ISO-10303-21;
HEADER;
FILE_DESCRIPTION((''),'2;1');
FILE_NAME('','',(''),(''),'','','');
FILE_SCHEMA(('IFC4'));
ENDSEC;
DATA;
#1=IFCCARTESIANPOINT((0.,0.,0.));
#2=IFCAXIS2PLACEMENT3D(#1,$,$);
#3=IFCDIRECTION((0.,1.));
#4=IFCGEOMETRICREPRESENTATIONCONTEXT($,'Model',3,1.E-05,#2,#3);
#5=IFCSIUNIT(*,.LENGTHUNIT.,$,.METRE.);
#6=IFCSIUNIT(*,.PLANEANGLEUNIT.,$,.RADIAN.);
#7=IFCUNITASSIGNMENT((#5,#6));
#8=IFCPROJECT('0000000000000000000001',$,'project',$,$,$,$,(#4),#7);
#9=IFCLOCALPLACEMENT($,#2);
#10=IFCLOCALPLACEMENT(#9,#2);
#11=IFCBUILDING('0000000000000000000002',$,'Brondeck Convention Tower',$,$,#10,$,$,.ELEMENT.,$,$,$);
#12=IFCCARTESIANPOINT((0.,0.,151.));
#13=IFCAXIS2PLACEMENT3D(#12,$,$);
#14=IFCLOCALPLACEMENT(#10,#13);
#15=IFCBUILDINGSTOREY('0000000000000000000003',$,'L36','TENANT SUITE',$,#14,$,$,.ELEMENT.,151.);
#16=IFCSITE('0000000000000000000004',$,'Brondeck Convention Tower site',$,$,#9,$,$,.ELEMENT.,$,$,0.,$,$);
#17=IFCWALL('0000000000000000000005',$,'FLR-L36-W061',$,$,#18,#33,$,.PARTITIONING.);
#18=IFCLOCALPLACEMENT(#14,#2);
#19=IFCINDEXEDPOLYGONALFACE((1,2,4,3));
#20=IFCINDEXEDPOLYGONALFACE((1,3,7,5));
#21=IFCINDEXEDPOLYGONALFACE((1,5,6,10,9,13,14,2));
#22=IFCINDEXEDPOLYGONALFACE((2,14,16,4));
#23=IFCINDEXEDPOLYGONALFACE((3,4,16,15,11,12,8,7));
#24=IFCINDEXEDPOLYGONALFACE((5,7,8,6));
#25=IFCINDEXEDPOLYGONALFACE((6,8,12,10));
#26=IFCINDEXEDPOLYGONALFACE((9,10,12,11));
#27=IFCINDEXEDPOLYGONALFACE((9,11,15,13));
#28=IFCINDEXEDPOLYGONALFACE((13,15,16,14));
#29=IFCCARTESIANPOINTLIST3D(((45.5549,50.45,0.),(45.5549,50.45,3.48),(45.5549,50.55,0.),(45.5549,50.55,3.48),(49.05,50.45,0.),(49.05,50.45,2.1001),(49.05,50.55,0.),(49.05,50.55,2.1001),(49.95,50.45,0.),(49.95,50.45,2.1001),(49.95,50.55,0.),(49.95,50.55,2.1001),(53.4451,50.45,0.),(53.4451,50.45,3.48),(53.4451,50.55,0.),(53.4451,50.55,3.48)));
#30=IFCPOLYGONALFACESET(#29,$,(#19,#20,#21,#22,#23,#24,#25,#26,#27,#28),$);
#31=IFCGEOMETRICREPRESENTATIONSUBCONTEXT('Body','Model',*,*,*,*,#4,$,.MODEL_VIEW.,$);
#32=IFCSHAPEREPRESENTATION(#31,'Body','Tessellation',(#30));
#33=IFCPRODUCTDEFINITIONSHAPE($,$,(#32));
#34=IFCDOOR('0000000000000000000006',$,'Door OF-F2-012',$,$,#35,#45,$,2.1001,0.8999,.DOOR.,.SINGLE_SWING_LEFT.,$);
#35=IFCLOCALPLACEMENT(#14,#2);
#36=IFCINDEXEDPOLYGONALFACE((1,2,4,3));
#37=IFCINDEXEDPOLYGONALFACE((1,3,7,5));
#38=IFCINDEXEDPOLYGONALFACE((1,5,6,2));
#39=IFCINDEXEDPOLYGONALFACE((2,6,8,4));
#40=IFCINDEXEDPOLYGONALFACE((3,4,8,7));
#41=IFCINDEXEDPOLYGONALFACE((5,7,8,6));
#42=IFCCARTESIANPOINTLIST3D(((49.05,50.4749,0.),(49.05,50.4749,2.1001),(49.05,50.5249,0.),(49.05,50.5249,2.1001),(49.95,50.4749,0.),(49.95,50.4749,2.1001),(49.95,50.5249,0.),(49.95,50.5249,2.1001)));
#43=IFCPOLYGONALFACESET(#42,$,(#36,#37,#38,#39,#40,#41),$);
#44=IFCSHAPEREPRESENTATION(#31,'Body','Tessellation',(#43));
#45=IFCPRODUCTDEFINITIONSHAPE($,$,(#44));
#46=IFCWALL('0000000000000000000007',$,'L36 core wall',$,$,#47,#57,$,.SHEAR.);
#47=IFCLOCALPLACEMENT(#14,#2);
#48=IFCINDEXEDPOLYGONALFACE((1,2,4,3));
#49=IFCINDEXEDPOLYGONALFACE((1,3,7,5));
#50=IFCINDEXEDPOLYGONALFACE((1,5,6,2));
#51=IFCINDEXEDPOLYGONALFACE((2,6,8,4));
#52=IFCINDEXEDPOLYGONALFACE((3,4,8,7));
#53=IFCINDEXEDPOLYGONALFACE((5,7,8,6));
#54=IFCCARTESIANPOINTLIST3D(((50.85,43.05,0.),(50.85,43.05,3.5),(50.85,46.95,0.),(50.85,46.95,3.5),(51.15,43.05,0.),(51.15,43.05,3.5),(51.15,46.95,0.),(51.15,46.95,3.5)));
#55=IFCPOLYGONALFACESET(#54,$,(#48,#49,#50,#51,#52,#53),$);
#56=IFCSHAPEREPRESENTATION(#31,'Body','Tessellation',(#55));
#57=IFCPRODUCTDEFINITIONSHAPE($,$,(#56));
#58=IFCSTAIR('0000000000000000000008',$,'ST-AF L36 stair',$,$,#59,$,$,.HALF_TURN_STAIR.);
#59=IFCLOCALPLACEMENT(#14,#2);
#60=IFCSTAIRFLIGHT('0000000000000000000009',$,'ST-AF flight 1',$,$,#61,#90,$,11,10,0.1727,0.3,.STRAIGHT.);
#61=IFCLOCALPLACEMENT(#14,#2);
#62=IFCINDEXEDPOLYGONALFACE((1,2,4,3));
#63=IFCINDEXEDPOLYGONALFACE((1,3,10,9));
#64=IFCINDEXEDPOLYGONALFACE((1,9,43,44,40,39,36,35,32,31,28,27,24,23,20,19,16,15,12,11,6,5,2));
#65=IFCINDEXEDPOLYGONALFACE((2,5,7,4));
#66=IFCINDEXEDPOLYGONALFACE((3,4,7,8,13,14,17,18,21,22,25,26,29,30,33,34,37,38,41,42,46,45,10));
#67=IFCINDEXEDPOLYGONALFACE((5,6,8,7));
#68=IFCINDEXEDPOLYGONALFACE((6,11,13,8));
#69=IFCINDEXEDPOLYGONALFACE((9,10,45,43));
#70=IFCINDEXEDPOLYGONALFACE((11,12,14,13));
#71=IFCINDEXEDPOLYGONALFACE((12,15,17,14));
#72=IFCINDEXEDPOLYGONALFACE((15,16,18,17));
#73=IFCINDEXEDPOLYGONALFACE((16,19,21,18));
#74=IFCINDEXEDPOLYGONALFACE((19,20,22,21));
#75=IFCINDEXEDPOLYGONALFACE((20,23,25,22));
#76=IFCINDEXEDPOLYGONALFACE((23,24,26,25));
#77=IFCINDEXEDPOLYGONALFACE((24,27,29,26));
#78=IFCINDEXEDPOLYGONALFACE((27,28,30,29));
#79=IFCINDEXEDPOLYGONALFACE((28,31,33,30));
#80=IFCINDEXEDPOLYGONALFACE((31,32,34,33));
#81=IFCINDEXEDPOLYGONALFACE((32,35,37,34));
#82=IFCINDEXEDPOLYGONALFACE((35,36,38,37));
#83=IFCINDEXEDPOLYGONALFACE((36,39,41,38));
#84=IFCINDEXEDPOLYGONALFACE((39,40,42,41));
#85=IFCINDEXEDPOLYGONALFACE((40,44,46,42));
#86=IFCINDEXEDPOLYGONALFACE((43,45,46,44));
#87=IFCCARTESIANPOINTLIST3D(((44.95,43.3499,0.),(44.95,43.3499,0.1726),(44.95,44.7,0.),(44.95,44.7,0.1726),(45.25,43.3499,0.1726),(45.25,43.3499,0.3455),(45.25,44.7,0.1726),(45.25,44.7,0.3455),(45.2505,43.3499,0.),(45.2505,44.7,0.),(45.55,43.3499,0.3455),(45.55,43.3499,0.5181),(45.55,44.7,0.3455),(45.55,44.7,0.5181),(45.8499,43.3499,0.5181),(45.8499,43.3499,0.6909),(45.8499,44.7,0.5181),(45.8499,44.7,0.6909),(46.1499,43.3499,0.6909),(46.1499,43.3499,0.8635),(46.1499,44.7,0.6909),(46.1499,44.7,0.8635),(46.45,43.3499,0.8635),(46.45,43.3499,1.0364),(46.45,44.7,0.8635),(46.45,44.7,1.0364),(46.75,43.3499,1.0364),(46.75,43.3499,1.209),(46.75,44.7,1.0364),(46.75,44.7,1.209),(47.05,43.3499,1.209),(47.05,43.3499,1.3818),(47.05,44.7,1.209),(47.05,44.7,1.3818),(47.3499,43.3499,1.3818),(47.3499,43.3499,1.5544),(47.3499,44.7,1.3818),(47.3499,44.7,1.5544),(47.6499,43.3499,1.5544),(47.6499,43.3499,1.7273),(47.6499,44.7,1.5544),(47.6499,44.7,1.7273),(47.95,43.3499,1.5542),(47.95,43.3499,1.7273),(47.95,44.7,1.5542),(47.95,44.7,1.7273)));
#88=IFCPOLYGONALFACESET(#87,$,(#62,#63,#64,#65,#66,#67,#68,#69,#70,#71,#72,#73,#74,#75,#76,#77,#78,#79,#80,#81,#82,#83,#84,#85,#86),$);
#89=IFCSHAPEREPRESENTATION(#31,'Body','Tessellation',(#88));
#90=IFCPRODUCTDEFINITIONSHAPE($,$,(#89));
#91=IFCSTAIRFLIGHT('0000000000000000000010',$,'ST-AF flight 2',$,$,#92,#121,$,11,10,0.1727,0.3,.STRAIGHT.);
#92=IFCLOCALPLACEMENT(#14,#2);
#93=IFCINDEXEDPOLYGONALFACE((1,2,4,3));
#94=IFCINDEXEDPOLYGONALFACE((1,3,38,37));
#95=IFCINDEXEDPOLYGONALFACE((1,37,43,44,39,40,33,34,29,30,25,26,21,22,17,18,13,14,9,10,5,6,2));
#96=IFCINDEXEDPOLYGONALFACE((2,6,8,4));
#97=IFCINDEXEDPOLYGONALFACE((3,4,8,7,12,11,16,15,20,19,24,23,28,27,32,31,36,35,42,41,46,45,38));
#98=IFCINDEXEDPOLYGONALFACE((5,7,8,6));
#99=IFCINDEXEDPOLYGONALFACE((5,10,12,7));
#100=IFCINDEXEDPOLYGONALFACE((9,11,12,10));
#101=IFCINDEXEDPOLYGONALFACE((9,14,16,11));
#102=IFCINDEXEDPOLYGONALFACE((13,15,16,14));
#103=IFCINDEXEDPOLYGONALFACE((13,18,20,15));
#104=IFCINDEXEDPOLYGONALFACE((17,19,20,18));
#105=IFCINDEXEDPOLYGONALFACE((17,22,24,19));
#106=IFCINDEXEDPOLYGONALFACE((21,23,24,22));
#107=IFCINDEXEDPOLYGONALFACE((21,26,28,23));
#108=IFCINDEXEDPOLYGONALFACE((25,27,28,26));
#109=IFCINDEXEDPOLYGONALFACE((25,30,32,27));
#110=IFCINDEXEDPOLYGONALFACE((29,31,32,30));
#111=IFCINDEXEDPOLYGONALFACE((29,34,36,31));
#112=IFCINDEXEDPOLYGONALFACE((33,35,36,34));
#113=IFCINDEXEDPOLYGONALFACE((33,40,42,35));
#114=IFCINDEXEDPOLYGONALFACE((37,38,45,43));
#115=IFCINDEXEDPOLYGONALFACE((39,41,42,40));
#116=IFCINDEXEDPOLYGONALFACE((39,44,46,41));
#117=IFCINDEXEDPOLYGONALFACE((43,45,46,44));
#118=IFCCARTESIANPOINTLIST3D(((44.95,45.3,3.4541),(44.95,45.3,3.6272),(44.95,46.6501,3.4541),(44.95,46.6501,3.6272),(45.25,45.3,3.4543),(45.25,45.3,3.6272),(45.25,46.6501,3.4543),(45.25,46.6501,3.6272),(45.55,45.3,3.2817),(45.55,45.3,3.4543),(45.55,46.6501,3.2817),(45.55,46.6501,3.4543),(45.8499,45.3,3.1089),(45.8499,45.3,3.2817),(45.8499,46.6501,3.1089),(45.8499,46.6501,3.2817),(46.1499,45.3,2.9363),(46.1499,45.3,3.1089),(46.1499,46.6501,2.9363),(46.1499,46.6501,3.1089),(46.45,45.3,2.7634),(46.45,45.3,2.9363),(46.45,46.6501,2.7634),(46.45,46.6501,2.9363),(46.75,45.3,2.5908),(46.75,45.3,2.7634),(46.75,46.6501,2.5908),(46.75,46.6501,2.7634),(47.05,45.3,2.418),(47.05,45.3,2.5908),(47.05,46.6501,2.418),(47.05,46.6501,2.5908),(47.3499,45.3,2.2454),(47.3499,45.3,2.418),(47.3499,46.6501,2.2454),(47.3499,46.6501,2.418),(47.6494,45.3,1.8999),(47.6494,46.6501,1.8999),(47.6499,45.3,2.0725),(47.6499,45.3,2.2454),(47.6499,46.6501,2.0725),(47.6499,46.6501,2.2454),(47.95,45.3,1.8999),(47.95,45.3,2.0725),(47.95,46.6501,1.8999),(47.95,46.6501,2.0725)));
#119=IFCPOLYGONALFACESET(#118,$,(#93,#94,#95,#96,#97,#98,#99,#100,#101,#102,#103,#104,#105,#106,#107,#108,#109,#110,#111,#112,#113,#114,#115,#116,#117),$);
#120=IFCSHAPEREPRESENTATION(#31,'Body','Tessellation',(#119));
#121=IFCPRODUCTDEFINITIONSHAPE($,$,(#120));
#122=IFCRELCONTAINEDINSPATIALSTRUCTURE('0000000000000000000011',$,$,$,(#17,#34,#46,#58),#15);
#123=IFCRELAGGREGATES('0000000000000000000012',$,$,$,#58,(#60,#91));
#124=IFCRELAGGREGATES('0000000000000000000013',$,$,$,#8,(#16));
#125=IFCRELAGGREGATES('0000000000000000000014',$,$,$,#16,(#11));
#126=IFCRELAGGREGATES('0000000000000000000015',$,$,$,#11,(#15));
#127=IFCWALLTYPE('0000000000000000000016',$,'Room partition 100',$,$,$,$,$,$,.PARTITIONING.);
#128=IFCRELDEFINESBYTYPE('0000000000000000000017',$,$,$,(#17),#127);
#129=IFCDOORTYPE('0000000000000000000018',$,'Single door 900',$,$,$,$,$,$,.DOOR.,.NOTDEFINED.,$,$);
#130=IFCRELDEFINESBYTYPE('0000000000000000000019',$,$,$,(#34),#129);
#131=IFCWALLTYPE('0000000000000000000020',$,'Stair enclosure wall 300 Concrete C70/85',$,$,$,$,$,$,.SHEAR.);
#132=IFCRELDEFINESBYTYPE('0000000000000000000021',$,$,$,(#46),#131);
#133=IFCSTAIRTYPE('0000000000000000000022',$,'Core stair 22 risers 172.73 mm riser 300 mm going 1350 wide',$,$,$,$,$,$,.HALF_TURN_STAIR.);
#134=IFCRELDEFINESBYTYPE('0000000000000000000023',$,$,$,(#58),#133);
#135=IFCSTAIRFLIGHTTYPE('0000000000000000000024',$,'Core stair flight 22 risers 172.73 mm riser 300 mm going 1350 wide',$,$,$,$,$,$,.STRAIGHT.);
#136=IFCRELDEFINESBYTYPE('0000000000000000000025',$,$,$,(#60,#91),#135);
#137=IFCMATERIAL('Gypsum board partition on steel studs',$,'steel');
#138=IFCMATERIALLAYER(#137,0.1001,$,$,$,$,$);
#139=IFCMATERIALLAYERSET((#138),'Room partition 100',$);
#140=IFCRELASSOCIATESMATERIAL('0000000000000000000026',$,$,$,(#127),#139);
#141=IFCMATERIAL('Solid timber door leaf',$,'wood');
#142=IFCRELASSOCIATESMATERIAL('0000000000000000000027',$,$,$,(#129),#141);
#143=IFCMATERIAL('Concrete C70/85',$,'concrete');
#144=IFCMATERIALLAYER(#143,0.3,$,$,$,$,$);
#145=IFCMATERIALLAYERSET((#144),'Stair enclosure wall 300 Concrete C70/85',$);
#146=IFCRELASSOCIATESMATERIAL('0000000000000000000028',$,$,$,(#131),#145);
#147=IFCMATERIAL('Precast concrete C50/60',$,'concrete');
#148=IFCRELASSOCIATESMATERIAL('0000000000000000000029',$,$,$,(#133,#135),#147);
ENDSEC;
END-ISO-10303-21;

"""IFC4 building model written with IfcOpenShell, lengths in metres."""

from ifc_helpers import new_model, si_unit, direction, frame, frame_2d, origin, place, context, subcontext, project, spatial, polyline, rectangle, outline, extrude, material, layer, layer_set, type_object, element, fill, aggregate, save


model = new_model("IFC4")

# Units and contexts
model_context = context("Model", 3, precision=1e-05, world=origin(), true_north=direction((0.0, 1.0)))
body_context = subcontext(model_context, "Body", "Model", "MODEL_VIEW")
ifc_project = project(units=[si_unit("LENGTHUNIT", "METRE"), si_unit("PLANEANGLEUNIT", "RADIAN")], contexts=[model_context])

# Site, building, storey
site_placement = place(None, origin())
site = spatial("IfcSite", under=ifc_project, at=site_placement, Name="Brondeck Convention Tower site", CompositionType="ELEMENT", RefElevation=0.0)
building_placement = place(site_placement, origin())
building = spatial("IfcBuilding", under=site, at=building_placement, Name="Brondeck Convention Tower", CompositionType="ELEMENT")
storey_placement = place(building_placement, frame((0.0, 0.0, 151.0)))
storey = spatial("IfcBuildingStorey", under=building, at=storey_placement, Name="L36", Description="TENANT SUITE", CompositionType="ELEMENT", Elevation=151.0)

# Shared definitions
ifc_material_1 = material(Name="Concrete C70/85", Category="concrete")

# Shared definitions
ifc_material_2 = material(Name="Gypsum board partition on steel studs", Category="steel")
ifc_layer_1 = layer(ifc_material_2, 0.1001)
ifc_layer_set_1 = layer_set([ifc_layer_1], Name="Room partition 100")
wall_type_1 = type_object("IfcWallType", Name="Room partition 100", PredefinedType="PARTITIONING", material=ifc_layer_set_1)

# Shared definitions
ifc_material_3 = material(Name="Solid timber door leaf", Category="wood")
door_type_1 = type_object("IfcDoorType", Name="Single door 900", OperationType="NOTDEFINED", PredefinedType="DOOR", material=ifc_material_3)

# Wall, opening, door
wall_1_placement = place(storey_placement, frame((45.5549, 50.5, 0.0), z_axis=(0.0, 0.0, 1.0), x_axis=(1.0, 0.0, 0.0)))
wall_1 = element("IfcWall", 1, at=wall_1_placement, inside=storey, type_object=wall_type_1, Name="FLR-L36-W061", PredefinedType="PARTITIONING", context=body_context, shape_type="SweptSolid", body=[
    extrude(rectangle(XDim=7.8901, YDim=0.1001, at=frame_2d((3.9451, 0.0))), origin(), (0.0, 0.0, 1.0), 3.48),
])
opening_1_placement = place(wall_1_placement, frame((3.4951, 0.0, 0.0)))
opening_1 = element("IfcOpeningElement", 2, at=opening_1_placement, cuts=wall_1, PredefinedType="OPENING", context=body_context, shape_type="SweptSolid", body=[
    extrude(rectangle(XDim=0.8999, YDim=2.1001, at=frame_2d((0.45, 1.05))), frame((0.0, 0.0601, 0.0), z_axis=(0.0, -1.0, 0.0), x_axis=(1.0, 0.0, 0.0)), (0.0, 0.0, 1.0), 0.1201),
])
door_1_placement = place(opening_1_placement, origin())
door_1 = element("IfcDoor", 3, at=door_1_placement, inside=storey, type_object=door_type_1, Name="Door OF-F2-012", OperationType="SINGLE_SWING_LEFT", OverallHeight=2.1001, OverallWidth=0.8999, PredefinedType="DOOR", context=body_context, shape_type="SweptSolid", body=[
    extrude(rectangle(XDim=0.8999, YDim=2.1001, at=frame_2d((0.45, 1.05))), frame((0.0, 0.0249, 0.0), z_axis=(0.0, -1.0, 0.0), x_axis=(1.0, 0.0, 0.0)), (0.0, 0.0, 1.0), 0.05),
])
fill(opening_1, door_1)

# Wall
ifc_layer_2 = layer(ifc_material_1, 0.3)
ifc_layer_set_2 = layer_set([ifc_layer_2], Name="Stair enclosure wall 300 Concrete C70/85")
wall_type_2 = type_object("IfcWallType", Name="Stair enclosure wall 300 Concrete C70/85", PredefinedType="SHEAR", material=ifc_layer_set_2)
wall_2_placement = place(storey_placement, frame((51.0, 43.05, 0.0), z_axis=(0.0, 0.0, 1.0), x_axis=(0.0, 1.0, 0.0)))
element("IfcWall", 4, at=wall_2_placement, inside=storey, type_object=wall_type_2, Name="L36 core wall", PredefinedType="SHEAR", context=body_context, shape_type="SweptSolid", body=[
    extrude(rectangle(XDim=3.8999, YDim=0.3, at=frame_2d((1.95, 0.0))), origin(), (0.0, 0.0, 1.0), 3.5),
])

# Stair, stair flights
ifc_material_4 = material(Name="Precast concrete C50/60", Category="concrete")
stair_type = type_object("IfcStairType", Name="Core stair 22 risers 172.73 mm riser 300 mm going 1350 wide", PredefinedType="HALF_TURN_STAIR", material=ifc_material_4)
stair_placement = place(storey_placement, origin())
stair = element("IfcStair", 5, at=stair_placement, inside=storey, type_object=stair_type, Name="ST-AF L36 stair", PredefinedType="HALF_TURN_STAIR")
stair_flight_type = type_object("IfcStairFlightType", Name="Core stair flight 22 risers 172.73 mm riser 300 mm going 1350 wide", PredefinedType="STRAIGHT", material=ifc_material_4)
stair_flight_1_placement = place(storey_placement, frame((44.95, 44.0249, 0.0), z_axis=(0.0, 0.0, 1.0), x_axis=(1.0, 0.0, 0.0)))
stair_flight_1 = element("IfcStairFlight", 6, at=stair_flight_1_placement, type_object=stair_flight_type, Name="ST-AF flight 1", NumberOfRisers=11, NumberOfTreads=10, PredefinedType="STRAIGHT", RiserHeight=0.1727, TreadLength=0.3, context=body_context, shape_type="SweptSolid", body=[
    extrude(outline(polyline([(0.0, 0.0), (0.0, 0.1726), (0.3, 0.1726), (0.3, 0.3455), (0.6001, 0.3455), (0.6001, 0.5181), (0.8999, 0.5181), (0.8999, 0.6909), (1.2, 0.6909), (1.2, 0.8635), (1.5, 0.8635), (1.5, 1.0364), (1.8, 1.0364), (1.8, 1.209), (2.1001, 1.209), (2.1001, 1.3818), (2.3999, 1.3818), (2.3999, 1.5544), (2.7, 1.5544), (2.7, 1.7273), (3.0, 1.7273), (3.0, 1.8999), (3.0, 1.5542), (0.3005, 0.0), (0.0, 0.0)])), frame((0.0, 0.675, 0.0), z_axis=(0.0, -1.0, 0.0), x_axis=(1.0, 0.0, 0.0)), (0.0, 0.0, 1.0), 1.3501),
])
stair_flight_2_placement = place(storey_placement, frame((47.95, 45.9751, 1.8999), z_axis=(0.0, 0.0, 1.0), x_axis=(-1.0, 0.0, 0.0)))
stair_flight_2 = element("IfcStairFlight", 7, at=stair_flight_2_placement, type_object=stair_flight_type, Name="ST-AF flight 2", NumberOfRisers=11, NumberOfTreads=10, PredefinedType="STRAIGHT", RiserHeight=0.1727, TreadLength=0.3, context=body_context, shape_type="SweptSolid", body=[
    extrude(outline(polyline([(0.0, 0.0), (0.0, 0.1726), (0.3, 0.1726), (0.3, 0.3455), (0.6001, 0.3455), (0.6001, 0.5181), (0.8999, 0.5181), (0.8999, 0.6909), (1.2, 0.6909), (1.2, 0.8635), (1.5, 0.8635), (1.5, 1.0364), (1.8, 1.0364), (1.8, 1.209), (2.1001, 1.209), (2.1001, 1.3818), (2.3999, 1.3818), (2.3999, 1.5544), (2.7, 1.5544), (2.7, 1.7273), (3.0, 1.7273), (3.0, 1.8999), (3.0, 1.5542), (0.3005, 0.0), (0.0, 0.0)])), frame((0.0, 0.675, 0.0), z_axis=(0.0, -1.0, 0.0), x_axis=(1.0, 0.0, 0.0)), (0.0, 0.0, 1.0), 1.3501),
])
aggregate(stair, [stair_flight_1, stair_flight_2])

save(model, "model.ifc")
